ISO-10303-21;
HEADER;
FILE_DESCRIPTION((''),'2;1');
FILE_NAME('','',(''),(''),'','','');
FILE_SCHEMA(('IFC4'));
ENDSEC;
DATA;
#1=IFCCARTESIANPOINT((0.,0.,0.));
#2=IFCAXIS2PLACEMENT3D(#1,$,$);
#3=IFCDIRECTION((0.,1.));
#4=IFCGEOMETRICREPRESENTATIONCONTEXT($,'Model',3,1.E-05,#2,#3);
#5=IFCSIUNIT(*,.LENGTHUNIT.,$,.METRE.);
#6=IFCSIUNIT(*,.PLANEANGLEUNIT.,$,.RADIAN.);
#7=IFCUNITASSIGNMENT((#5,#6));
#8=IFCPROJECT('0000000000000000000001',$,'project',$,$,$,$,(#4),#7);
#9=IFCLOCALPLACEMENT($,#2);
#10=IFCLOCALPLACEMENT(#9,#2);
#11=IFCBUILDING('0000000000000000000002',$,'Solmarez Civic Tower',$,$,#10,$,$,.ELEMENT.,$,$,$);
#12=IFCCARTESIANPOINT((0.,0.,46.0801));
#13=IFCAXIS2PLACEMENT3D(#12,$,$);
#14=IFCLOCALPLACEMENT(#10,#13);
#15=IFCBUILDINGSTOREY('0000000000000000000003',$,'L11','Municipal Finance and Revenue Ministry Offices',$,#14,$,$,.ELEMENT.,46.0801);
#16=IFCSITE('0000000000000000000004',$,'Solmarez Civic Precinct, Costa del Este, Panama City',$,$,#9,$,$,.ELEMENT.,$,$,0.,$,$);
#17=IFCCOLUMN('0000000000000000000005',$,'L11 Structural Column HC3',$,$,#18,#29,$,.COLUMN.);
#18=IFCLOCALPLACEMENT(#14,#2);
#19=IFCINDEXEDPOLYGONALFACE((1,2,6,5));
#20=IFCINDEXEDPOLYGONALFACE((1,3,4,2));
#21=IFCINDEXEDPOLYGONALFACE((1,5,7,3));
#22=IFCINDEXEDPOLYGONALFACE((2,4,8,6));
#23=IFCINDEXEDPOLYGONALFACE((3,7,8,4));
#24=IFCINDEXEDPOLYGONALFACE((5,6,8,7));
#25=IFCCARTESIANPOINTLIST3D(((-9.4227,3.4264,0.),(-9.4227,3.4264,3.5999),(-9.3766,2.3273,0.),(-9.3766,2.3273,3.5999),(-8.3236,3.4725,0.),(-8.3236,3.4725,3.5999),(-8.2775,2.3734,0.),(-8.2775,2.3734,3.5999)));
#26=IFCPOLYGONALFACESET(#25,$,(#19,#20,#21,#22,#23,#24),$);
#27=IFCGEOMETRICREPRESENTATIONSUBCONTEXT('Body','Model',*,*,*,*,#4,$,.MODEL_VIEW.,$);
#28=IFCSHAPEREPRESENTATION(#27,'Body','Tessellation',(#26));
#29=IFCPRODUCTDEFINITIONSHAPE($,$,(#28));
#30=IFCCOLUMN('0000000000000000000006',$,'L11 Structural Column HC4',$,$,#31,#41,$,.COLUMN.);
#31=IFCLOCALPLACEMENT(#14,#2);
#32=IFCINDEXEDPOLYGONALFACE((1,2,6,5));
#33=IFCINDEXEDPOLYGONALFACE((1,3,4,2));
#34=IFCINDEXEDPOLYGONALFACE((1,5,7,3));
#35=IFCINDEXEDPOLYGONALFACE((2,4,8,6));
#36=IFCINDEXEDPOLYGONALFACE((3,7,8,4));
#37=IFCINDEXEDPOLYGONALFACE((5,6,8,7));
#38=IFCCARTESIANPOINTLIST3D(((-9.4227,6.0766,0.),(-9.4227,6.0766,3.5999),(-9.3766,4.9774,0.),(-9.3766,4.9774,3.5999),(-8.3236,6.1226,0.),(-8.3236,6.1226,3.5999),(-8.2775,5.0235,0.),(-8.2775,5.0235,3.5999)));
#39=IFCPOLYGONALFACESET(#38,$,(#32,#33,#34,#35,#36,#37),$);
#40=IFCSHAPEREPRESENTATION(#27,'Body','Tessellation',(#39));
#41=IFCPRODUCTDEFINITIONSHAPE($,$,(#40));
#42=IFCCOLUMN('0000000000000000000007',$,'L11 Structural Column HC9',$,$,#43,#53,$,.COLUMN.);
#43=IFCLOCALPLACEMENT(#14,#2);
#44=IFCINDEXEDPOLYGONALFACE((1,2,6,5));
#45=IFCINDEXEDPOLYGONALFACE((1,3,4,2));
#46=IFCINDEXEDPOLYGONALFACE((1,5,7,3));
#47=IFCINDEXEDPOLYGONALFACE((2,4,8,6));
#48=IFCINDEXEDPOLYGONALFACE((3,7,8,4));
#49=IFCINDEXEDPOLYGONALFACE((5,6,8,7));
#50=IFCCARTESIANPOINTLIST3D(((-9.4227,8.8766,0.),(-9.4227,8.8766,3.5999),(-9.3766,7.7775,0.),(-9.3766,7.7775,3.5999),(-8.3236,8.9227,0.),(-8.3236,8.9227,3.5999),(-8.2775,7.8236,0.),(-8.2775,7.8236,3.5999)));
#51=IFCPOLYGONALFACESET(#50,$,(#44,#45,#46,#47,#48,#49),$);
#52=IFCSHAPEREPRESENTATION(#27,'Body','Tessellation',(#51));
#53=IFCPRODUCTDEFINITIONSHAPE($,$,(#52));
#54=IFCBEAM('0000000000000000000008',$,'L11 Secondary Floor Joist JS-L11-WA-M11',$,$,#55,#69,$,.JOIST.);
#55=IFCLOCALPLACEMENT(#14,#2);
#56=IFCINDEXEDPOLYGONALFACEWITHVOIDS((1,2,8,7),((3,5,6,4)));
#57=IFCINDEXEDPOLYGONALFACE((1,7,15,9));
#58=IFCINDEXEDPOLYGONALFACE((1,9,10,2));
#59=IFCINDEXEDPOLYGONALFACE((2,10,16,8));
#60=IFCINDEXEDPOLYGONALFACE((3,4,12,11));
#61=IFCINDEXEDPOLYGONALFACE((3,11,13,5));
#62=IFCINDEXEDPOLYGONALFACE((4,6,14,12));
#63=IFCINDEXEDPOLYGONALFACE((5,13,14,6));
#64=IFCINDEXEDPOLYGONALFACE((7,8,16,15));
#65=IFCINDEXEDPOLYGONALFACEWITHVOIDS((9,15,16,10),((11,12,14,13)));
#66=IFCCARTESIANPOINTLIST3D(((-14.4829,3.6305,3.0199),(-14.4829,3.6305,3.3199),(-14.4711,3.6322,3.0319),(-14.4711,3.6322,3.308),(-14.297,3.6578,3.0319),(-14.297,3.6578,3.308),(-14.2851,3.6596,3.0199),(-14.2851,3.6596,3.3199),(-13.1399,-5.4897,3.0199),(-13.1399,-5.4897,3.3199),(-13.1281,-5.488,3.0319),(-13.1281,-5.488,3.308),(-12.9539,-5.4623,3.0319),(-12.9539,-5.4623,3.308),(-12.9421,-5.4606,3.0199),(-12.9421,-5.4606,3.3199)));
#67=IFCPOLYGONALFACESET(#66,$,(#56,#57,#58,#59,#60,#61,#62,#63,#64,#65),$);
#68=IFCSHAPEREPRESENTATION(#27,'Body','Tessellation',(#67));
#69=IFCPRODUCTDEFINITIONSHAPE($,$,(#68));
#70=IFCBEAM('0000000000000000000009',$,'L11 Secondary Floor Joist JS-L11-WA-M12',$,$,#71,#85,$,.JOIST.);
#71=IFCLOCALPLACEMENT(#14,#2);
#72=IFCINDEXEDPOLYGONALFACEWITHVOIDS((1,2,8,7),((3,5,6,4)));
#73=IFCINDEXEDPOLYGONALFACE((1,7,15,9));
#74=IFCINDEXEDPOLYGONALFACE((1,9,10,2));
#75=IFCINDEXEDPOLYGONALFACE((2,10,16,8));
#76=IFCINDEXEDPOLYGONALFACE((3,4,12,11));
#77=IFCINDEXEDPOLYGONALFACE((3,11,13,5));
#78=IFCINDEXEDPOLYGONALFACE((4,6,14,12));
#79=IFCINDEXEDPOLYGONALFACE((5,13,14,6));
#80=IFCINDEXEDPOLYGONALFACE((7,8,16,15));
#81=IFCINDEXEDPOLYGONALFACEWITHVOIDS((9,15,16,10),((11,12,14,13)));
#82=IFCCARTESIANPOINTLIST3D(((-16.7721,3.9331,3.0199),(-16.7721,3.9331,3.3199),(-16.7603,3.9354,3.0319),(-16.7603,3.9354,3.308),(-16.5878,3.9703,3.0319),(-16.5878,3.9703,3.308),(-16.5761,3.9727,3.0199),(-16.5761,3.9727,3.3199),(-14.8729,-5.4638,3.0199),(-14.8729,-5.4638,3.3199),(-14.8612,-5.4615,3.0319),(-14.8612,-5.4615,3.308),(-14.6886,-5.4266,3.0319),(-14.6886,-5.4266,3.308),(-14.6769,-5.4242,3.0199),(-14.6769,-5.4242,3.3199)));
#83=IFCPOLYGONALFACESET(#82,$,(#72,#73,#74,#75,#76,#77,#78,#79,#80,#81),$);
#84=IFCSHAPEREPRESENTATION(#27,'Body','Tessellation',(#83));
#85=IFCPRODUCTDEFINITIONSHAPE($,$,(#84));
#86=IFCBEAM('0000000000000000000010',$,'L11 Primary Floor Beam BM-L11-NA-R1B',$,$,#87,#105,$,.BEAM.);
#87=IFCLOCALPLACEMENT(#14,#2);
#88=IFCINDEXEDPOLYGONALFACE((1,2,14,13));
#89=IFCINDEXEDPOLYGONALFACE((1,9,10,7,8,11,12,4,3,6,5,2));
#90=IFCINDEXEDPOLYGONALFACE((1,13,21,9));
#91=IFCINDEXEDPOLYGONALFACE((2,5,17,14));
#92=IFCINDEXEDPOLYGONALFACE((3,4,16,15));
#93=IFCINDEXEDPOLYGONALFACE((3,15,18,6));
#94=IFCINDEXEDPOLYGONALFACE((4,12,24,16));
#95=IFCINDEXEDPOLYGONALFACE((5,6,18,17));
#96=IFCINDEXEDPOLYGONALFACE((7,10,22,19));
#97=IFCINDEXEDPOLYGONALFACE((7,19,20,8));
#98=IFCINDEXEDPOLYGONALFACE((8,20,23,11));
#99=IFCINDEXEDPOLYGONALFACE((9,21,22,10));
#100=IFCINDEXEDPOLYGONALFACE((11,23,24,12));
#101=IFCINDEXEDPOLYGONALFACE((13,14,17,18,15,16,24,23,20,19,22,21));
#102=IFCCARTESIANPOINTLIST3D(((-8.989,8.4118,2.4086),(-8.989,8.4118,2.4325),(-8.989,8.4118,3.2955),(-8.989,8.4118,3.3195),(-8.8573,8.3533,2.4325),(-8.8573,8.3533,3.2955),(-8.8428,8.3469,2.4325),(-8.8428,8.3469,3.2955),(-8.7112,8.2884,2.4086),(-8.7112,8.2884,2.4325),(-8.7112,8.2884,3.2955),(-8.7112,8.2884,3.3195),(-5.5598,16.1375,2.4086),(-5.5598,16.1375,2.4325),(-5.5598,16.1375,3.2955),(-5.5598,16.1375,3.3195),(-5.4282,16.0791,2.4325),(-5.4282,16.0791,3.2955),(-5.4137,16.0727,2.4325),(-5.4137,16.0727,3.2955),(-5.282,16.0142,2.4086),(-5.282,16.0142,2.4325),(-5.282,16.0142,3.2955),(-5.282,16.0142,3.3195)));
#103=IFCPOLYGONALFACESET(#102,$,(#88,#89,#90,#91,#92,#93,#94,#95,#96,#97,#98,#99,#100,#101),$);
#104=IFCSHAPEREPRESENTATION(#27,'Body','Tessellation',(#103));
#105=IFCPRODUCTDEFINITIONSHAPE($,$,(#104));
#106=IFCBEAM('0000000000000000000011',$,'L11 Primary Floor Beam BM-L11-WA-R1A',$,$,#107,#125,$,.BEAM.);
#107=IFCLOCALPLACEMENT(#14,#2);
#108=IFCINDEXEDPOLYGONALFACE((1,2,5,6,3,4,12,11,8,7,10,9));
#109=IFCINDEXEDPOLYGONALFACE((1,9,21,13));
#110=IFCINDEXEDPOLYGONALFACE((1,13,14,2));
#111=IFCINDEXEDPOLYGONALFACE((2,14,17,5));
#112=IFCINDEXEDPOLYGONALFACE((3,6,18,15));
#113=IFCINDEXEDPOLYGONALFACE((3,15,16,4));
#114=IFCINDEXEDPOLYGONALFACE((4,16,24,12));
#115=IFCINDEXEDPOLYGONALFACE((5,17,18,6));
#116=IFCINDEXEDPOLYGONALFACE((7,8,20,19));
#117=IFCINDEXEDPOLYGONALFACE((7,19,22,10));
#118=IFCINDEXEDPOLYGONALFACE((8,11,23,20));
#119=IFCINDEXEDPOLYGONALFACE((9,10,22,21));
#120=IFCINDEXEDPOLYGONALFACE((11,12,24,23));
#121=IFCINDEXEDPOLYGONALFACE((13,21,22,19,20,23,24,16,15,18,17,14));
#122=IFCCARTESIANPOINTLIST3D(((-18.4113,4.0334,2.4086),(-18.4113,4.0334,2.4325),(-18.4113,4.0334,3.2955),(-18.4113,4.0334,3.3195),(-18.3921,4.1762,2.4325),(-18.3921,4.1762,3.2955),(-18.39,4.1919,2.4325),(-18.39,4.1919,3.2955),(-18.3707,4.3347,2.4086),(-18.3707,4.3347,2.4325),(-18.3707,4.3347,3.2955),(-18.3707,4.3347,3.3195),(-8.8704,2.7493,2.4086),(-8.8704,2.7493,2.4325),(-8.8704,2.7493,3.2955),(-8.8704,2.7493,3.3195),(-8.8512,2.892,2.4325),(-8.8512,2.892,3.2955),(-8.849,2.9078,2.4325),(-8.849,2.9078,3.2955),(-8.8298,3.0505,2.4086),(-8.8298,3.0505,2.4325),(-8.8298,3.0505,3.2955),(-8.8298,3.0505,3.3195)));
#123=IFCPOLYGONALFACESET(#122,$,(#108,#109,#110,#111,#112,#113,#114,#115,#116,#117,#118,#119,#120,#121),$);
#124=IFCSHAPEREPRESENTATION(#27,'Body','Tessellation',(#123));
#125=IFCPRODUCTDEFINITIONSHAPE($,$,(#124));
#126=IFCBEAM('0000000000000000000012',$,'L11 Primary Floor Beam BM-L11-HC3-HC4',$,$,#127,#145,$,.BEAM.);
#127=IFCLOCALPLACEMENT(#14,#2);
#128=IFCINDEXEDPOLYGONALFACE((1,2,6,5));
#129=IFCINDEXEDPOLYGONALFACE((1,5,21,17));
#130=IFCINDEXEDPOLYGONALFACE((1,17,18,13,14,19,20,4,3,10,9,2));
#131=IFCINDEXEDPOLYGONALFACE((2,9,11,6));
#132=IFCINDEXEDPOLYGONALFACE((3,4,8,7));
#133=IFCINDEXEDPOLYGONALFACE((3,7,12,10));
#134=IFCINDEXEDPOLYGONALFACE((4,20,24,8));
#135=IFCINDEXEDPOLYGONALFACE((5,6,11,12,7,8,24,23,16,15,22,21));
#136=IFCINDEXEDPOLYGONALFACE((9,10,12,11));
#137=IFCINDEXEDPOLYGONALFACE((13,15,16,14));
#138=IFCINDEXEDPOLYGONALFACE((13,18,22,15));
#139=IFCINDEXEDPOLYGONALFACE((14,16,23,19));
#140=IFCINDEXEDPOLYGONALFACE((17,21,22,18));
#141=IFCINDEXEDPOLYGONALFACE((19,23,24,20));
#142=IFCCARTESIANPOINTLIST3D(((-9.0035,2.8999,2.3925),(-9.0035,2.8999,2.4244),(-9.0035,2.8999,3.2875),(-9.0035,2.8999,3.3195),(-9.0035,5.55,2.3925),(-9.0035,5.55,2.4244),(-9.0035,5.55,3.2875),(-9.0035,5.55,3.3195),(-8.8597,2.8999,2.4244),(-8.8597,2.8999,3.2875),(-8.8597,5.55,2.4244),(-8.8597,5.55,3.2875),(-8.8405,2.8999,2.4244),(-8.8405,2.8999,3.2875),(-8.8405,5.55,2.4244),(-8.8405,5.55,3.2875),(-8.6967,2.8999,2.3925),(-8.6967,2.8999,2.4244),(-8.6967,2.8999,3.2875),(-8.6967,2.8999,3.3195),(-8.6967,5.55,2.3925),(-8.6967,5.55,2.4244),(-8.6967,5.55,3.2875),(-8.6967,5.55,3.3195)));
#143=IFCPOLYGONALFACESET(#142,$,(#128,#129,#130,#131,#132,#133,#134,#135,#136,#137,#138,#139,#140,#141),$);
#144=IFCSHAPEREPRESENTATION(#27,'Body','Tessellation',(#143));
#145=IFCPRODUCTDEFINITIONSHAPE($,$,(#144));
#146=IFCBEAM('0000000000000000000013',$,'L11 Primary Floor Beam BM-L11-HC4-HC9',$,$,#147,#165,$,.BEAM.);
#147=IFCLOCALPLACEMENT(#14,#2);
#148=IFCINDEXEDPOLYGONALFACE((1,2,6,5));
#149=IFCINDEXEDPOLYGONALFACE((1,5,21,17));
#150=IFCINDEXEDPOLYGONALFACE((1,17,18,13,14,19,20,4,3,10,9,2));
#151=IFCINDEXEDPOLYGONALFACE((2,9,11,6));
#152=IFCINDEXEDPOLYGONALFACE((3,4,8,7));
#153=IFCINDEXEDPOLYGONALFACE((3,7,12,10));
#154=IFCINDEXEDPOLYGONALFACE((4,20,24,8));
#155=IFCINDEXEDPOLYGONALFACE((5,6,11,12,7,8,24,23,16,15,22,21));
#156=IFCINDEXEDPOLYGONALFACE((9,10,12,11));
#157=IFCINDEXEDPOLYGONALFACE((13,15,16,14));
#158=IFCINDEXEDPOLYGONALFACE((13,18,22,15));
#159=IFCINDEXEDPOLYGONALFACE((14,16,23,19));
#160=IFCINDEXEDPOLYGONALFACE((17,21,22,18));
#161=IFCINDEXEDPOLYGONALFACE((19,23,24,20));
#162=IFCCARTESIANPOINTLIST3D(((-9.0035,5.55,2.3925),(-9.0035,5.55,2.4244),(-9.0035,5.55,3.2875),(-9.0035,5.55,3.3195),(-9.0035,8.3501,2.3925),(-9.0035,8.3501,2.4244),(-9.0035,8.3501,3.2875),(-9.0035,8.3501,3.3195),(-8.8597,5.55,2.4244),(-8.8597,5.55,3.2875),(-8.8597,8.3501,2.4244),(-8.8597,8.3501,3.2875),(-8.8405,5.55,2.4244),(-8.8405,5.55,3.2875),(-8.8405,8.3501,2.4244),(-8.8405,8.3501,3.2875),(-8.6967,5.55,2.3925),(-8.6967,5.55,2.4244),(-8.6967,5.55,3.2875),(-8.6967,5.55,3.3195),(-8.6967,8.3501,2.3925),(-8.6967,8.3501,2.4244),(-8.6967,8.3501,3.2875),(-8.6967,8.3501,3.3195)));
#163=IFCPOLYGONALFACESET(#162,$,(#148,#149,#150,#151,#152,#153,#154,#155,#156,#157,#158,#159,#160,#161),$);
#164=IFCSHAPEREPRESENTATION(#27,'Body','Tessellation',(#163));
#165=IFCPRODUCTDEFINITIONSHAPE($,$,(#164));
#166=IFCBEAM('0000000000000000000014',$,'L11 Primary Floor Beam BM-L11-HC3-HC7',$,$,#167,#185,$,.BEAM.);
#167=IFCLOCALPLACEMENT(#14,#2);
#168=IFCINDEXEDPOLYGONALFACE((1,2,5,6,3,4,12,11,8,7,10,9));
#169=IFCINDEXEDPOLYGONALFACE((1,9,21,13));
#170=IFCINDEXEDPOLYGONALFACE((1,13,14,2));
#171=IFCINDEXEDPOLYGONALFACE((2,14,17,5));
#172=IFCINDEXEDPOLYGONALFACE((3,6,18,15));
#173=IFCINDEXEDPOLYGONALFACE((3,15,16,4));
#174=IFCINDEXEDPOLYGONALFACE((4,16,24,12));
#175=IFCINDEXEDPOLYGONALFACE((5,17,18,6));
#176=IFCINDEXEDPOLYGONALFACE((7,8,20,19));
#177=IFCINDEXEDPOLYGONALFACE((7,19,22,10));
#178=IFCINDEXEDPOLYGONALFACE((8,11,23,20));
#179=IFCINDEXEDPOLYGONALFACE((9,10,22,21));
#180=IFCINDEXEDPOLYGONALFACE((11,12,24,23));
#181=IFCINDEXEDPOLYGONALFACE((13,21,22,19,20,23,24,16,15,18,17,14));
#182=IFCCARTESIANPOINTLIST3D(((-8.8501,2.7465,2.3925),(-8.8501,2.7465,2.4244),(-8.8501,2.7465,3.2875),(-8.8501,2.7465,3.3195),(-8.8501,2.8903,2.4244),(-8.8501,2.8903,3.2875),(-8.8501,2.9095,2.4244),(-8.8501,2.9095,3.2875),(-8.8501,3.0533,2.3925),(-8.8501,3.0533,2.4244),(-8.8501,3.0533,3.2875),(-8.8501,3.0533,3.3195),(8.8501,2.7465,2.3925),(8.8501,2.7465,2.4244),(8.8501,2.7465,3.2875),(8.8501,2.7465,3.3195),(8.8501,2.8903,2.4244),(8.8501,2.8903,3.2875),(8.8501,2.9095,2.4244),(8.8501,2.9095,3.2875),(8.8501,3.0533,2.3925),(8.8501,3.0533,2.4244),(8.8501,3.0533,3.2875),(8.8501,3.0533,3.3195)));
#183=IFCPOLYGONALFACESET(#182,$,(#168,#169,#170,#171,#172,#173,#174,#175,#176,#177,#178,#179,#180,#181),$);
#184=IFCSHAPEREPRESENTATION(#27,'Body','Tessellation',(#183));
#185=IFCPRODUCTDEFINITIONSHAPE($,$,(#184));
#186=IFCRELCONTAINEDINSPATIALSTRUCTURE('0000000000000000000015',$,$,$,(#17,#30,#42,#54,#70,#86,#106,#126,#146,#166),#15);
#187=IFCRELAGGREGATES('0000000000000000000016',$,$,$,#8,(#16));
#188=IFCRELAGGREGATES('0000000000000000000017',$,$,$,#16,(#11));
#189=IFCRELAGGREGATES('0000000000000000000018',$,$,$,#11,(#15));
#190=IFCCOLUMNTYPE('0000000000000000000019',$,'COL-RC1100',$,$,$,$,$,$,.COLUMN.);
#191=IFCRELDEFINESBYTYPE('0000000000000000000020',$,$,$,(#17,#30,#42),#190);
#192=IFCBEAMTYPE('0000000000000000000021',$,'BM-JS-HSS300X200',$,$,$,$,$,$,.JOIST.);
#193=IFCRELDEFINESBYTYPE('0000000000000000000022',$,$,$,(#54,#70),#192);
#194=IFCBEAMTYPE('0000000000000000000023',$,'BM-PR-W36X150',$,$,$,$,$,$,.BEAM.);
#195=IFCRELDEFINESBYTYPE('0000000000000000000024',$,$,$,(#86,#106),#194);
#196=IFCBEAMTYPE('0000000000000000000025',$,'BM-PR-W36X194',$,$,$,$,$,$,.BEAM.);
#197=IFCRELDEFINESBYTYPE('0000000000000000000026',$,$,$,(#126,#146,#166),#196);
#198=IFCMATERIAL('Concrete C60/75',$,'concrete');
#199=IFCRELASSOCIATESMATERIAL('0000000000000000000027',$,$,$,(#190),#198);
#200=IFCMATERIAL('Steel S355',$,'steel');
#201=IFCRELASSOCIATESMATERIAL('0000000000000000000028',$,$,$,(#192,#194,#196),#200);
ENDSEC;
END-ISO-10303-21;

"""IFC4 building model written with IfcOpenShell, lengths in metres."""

from ifc_helpers import new_model, si_unit, direction, frame, origin, origin_2d, place, context, subcontext, project, spatial, rectangle, hollow_rectangle, i_section, extrude, material, material_profile, profile_set, type_object, element, save


model = new_model("IFC4")

# Units and contexts
model_context = context("Model", 3, precision=1e-05, world=origin(), true_north=direction((0.0, 1.0)))
body_context = subcontext(model_context, "Body", "Model", "MODEL_VIEW")
ifc_project = project(units=[si_unit("LENGTHUNIT", "METRE"), si_unit("PLANEANGLEUNIT", "RADIAN")], contexts=[model_context])

# Site, building, storey
site_placement = place(None, origin())
site = spatial("IfcSite", under=ifc_project, at=site_placement, Name="Solmarez Civic Precinct, Costa del Este, Panama City", CompositionType="ELEMENT", RefElevation=0.0)
building_placement = place(site_placement, origin())
building = spatial("IfcBuilding", under=site, at=building_placement, Name="Solmarez Civic Tower", CompositionType="ELEMENT")
storey_placement = place(building_placement, frame((0.0, 0.0, 46.0801)))
storey = spatial("IfcBuildingStorey", under=building, at=storey_placement, Name="L11", Description="Municipal Finance and Revenue Ministry Offices", CompositionType="ELEMENT", Elevation=46.0801)

# Columns
ifc_material_1 = material(Name="Concrete C60/75", Category="concrete")
ifc_material_profile_1 = material_profile(ifc_material_1, rectangle(XDim=1.1001, YDim=1.1001, at=origin_2d()), Name="RC1100X1100")
ifc_profile_set_1 = profile_set([ifc_material_profile_1], Name="Concrete C60/75")
column_type = type_object("IfcColumnType", Name="COL-RC1100", PredefinedType="COLUMN", material=ifc_profile_set_1)
for number, where, z_axis, x_axis, name in (
    (1, (-8.8501, 2.8999, 0.0), (0.0, 0.0, 1.0), (0.999123, 0.041876, 0.0), "L11 Structural Column HC3"),
    (2, (-8.8501, 5.55, 0.0), (0.0, 0.0, 1.0), (0.999123, 0.041876, 0.0), "L11 Structural Column HC4"),
    (3, (-8.8501, 8.3501, 0.0), (0.0, 0.0, 1.0), (0.999123, 0.041876, 0.0), "L11 Structural Column HC9"),
):
    element("IfcColumn", number, at=place(storey_placement, frame(where, z_axis=z_axis, x_axis=x_axis)), inside=storey, type_object=column_type, Name=name, PredefinedType="COLUMN", context=body_context, shape_type="SweptSolid", body=[
        extrude(rectangle(XDim=1.1001, YDim=1.1001, at=origin_2d()), origin(), (0.0, 0.0, 1.0), 3.5999),
    ])

# Beams
ifc_material_2 = material(Name="Steel S355", Category="steel")
ifc_material_profile_2 = material_profile(ifc_material_2, hollow_rectangle(XDim=0.2, YDim=0.3, WallThickness=0.012, at=origin_2d()), Name="HSS300X200X12")
ifc_profile_set_2 = profile_set([ifc_material_profile_2], Name="Steel S355")
beam_type_1 = type_object("IfcBeamType", Name="BM-JS-HSS300X200", PredefinedType="JOIST", material=ifc_profile_set_2)
beam_1_placement = place(storey_placement, frame((-14.384, 3.645, 3.1699), z_axis=(0.145688, -0.989331, 0.0), x_axis=(0.989331, 0.145688, 0.0)))
element("IfcBeam", 4, at=beam_1_placement, inside=storey, type_object=beam_type_1, Name="L11 Secondary Floor Joist JS-L11-WA-M11", PredefinedType="JOIST", context=body_context, shape_type="SweptSolid", body=[
    extrude(hollow_rectangle(XDim=0.2, YDim=0.3, WallThickness=0.012, at=origin_2d()), origin(), (0.0, 0.0, 1.0), 9.2185),
])
beam_2_placement = place(storey_placement, frame((-16.6741, 3.9529, 3.1699), z_axis=(0.198099, -0.980182, 0.0), x_axis=(0.980182, 0.198099, 0.0)))
element("IfcBeam", 5, at=beam_2_placement, inside=storey, type_object=beam_type_1, Name="L11 Secondary Floor Joist JS-L11-WA-M12", PredefinedType="JOIST", context=body_context, shape_type="SweptSolid", body=[
    extrude(hollow_rectangle(XDim=0.2, YDim=0.3, WallThickness=0.012, at=origin_2d()), origin(), (0.0, 0.0, 1.0), 9.5869),
])
ifc_material_profile_3 = material_profile(ifc_material_2, i_section(OverallWidth=0.304, OverallDepth=0.9109, WebThickness=0.0159, FlangeThickness=0.0239, at=origin_2d()), Name="W36X150")
ifc_profile_set_3 = profile_set([ifc_material_profile_3], Name="Steel S355")
beam_type_2 = type_object("IfcBeamType", Name="BM-PR-W36X150", PredefinedType="BEAM", material=ifc_profile_set_3)
beam_3_placement = place(storey_placement, frame((-8.8501, 8.3501, 2.864), z_axis=(0.405694, 0.914009, 0.0), x_axis=(-0.914009, 0.405694, 0.0)))
element("IfcBeam", 6, at=beam_3_placement, inside=storey, type_object=beam_type_2, Name="L11 Primary Floor Beam BM-L11-NA-R1B", PredefinedType="BEAM", context=body_context, shape_type="SweptSolid", body=[
    extrude(i_section(OverallWidth=0.304, OverallDepth=0.9109, WebThickness=0.0159, FlangeThickness=0.0239, at=origin_2d()), origin(), (0.0, 0.0, 1.0), 8.4526),
])
beam_4_placement = place(storey_placement, frame((-8.8501, 2.8999, 2.864), z_axis=(-0.991063, 0.133393, 0.0), x_axis=(-0.133393, -0.991063, 0.0)))
element("IfcBeam", 7, at=beam_4_placement, inside=storey, type_object=beam_type_2, Name="L11 Primary Floor Beam BM-L11-WA-R1A", PredefinedType="BEAM", context=body_context, shape_type="SweptSolid", body=[
    extrude(i_section(OverallWidth=0.304, OverallDepth=0.9109, WebThickness=0.0159, FlangeThickness=0.0239, at=origin_2d()), origin(), (0.0, 0.0, 1.0), 9.627),
])
ifc_material_profile_4 = material_profile(ifc_material_2, i_section(OverallWidth=0.3069, OverallDepth=0.927, WebThickness=0.0193, FlangeThickness=0.032, at=origin_2d()), Name="W36X194")
ifc_profile_set_4 = profile_set([ifc_material_profile_4], Name="Steel S355")
beam_type_3 = type_object("IfcBeamType", Name="BM-PR-W36X194", PredefinedType="BEAM", material=ifc_profile_set_4)
beam_5_placement = place(storey_placement, frame((-8.8501, 2.8999, 2.856), z_axis=(0.0, 1.0, 0.0), x_axis=(-1.0, 0.0, 0.0)))
element("IfcBeam", 8, at=beam_5_placement, inside=storey, type_object=beam_type_3, Name="L11 Primary Floor Beam BM-L11-HC3-HC4", PredefinedType="BEAM", context=body_context, shape_type="SweptSolid", body=[
    extrude(i_section(OverallWidth=0.3069, OverallDepth=0.927, WebThickness=0.0193, FlangeThickness=0.032, at=origin_2d()), origin(), (0.0, 0.0, 1.0), 2.6501),
])
beam_6_placement = place(storey_placement, frame((-8.8501, 5.55, 2.856), z_axis=(0.0, 1.0, 0.0), x_axis=(-1.0, 0.0, 0.0)))
element("IfcBeam", 9, at=beam_6_placement, inside=storey, type_object=beam_type_3, Name="L11 Primary Floor Beam BM-L11-HC4-HC9", PredefinedType="BEAM", context=body_context, shape_type="SweptSolid", body=[
    extrude(i_section(OverallWidth=0.3069, OverallDepth=0.927, WebThickness=0.0193, FlangeThickness=0.032, at=origin_2d()), origin(), (0.0, 0.0, 1.0), 2.8),
])
beam_7_placement = place(storey_placement, frame((-8.8501, 2.8999, 2.856), z_axis=(1.0, 0.0, 0.0), x_axis=(0.0, 1.0, 0.0)))
element("IfcBeam", 10, at=beam_7_placement, inside=storey, type_object=beam_type_3, Name="L11 Primary Floor Beam BM-L11-HC3-HC7", PredefinedType="BEAM", context=body_context, shape_type="SweptSolid", body=[
    extrude(i_section(OverallWidth=0.3069, OverallDepth=0.927, WebThickness=0.0193, FlangeThickness=0.032, at=origin_2d()), origin(), (0.0, 0.0, 1.0), 17.7002),
])

save(model, "model.ifc")
